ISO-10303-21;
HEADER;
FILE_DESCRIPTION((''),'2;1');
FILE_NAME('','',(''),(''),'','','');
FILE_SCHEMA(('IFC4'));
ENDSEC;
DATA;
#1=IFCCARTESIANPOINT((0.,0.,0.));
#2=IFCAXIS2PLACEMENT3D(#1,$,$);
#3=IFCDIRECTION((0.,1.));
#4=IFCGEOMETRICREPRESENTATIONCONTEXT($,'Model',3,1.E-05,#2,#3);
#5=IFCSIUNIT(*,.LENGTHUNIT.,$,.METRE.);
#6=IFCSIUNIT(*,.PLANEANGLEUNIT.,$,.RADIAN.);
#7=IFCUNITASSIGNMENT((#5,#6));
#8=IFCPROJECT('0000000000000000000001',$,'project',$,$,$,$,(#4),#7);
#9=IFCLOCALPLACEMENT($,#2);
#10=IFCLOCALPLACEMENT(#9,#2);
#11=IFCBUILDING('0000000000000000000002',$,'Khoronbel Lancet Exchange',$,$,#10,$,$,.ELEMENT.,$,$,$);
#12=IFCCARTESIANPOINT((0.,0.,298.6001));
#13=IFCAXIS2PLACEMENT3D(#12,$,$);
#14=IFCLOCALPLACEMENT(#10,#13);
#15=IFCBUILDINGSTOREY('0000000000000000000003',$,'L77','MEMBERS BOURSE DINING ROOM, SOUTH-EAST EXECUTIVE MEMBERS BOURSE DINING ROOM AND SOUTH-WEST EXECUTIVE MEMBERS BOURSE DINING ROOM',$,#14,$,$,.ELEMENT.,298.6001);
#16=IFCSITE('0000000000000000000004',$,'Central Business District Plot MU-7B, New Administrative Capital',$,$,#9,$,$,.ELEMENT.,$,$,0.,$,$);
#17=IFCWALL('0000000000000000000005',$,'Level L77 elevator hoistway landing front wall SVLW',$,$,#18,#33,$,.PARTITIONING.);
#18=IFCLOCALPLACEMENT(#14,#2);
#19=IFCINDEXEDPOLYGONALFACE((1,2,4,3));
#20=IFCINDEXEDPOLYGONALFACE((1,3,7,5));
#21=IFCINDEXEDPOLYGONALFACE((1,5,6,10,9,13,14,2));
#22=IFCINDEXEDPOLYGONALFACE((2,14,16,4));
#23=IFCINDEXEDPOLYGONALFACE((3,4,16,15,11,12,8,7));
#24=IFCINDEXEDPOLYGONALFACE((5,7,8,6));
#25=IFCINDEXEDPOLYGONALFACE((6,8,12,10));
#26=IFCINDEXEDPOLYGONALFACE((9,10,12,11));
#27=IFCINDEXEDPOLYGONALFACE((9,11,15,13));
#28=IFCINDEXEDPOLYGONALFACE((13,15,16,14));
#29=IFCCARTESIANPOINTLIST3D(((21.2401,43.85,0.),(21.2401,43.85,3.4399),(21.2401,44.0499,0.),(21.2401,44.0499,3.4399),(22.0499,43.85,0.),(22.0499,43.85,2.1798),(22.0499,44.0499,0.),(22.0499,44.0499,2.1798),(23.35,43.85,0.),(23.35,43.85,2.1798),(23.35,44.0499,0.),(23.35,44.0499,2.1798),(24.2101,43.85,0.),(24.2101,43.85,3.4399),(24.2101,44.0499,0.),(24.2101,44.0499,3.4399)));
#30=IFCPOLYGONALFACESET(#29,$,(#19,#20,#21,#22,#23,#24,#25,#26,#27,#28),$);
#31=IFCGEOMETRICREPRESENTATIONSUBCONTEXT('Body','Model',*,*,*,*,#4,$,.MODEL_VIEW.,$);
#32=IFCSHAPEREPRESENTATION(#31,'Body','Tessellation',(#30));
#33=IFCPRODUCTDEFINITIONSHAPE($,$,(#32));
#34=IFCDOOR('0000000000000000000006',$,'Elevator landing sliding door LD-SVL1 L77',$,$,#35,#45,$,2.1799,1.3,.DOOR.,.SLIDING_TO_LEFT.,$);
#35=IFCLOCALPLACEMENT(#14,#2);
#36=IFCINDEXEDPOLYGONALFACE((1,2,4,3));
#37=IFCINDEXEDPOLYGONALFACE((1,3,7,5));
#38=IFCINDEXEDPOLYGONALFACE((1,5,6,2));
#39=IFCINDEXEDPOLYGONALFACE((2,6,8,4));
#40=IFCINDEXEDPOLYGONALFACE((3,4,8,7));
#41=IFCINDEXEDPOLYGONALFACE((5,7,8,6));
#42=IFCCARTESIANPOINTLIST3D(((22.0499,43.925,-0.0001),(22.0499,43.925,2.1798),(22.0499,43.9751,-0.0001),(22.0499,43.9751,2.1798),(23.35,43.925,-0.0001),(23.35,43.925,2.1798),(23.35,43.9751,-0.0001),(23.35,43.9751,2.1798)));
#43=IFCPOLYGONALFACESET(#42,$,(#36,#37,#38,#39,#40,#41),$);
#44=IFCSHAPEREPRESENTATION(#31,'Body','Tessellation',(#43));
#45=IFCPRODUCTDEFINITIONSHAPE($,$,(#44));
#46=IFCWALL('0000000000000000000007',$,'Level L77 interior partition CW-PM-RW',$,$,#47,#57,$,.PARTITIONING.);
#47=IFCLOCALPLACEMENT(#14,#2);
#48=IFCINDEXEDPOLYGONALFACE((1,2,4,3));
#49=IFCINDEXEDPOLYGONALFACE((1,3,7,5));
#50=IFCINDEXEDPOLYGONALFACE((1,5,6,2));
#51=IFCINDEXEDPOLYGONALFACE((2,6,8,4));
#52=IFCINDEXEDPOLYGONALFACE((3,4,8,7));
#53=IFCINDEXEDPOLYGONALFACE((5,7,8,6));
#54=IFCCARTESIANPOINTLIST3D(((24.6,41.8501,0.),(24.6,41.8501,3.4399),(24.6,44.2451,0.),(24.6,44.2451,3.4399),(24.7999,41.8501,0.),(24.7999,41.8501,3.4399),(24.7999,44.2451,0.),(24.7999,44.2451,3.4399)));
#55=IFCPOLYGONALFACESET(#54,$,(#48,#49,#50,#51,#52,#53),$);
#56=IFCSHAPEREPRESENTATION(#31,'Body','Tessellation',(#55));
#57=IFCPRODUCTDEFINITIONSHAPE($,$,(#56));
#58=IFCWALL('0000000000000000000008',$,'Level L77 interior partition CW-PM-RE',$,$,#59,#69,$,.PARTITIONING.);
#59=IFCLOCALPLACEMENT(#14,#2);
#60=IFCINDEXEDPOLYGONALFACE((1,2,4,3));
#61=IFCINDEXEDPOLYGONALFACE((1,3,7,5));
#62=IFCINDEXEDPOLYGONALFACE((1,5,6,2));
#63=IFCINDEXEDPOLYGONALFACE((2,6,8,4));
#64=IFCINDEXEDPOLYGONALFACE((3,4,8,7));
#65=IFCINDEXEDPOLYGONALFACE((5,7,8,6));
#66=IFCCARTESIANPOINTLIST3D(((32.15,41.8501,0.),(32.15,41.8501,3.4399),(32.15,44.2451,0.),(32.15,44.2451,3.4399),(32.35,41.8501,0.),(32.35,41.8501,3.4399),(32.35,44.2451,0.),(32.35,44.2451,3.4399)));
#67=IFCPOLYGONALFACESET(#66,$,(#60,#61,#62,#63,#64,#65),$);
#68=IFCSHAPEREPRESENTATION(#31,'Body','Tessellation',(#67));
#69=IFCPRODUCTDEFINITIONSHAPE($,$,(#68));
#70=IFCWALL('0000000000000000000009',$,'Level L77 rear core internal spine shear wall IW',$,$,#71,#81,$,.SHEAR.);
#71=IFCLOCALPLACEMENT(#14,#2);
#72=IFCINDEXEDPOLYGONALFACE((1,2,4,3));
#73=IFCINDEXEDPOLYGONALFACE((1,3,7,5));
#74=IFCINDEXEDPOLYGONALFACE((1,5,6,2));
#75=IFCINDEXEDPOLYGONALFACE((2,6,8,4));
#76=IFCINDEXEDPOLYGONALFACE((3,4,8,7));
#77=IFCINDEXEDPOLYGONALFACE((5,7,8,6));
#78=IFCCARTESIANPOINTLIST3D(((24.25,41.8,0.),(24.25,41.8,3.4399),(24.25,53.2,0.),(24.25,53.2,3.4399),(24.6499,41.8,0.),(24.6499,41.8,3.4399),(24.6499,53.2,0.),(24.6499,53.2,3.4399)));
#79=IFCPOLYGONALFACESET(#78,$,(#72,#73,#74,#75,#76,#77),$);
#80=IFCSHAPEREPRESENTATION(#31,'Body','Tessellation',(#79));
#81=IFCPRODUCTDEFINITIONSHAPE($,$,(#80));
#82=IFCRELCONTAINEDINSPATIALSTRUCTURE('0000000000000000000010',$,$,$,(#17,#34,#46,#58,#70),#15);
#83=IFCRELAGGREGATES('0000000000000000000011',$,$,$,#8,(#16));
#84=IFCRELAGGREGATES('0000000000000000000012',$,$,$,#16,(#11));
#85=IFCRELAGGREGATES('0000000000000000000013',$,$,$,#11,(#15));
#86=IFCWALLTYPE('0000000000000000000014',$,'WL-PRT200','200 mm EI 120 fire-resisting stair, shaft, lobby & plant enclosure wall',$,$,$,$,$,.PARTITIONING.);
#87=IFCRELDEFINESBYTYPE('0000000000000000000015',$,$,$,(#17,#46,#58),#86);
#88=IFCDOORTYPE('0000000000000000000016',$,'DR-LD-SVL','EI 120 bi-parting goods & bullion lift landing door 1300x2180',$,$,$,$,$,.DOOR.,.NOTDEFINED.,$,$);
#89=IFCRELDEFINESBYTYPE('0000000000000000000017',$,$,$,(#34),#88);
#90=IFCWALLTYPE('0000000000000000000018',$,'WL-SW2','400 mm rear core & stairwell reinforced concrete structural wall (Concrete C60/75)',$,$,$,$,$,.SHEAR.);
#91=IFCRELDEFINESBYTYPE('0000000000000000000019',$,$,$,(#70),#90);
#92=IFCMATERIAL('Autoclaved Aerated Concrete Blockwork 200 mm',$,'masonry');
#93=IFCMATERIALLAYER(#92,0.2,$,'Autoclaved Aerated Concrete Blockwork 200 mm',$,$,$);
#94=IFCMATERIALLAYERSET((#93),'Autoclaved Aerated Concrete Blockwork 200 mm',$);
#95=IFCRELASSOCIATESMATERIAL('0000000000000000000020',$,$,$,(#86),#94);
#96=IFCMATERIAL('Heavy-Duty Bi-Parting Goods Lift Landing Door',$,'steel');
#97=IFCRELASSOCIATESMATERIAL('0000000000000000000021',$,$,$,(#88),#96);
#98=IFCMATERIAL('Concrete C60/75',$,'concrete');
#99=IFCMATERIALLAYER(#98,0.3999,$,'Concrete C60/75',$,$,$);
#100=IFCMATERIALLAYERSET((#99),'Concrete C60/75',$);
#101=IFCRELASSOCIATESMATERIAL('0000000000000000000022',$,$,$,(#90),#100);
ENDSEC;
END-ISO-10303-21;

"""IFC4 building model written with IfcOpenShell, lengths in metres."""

from ifc_helpers import new_model, si_unit, direction, frame, frame_2d, origin, place, context, subcontext, project, spatial, rectangle, extrude, material, layer, layer_set, type_object, element, fill, save


model = new_model("IFC4")

# Units and contexts
model_context = context("Model", 3, precision=1e-05, world=origin(), true_north=direction((0.0, 1.0)))
body_context = subcontext(model_context, "Body", "Model", "MODEL_VIEW")
ifc_project = project(units=[si_unit("LENGTHUNIT", "METRE"), si_unit("PLANEANGLEUNIT", "RADIAN")], contexts=[model_context])

# Site, building, storey
site_placement = place(None, origin())
site = spatial("IfcSite", under=ifc_project, at=site_placement, Name="Central Business District Plot MU-7B, New Administrative Capital", CompositionType="ELEMENT", RefElevation=0.0)
building_placement = place(site_placement, origin())
building = spatial("IfcBuilding", under=site, at=building_placement, Name="Khoronbel Lancet Exchange", CompositionType="ELEMENT")
storey_placement = place(building_placement, frame((0.0, 0.0, 298.6001)))
storey = spatial("IfcBuildingStorey", under=building, at=storey_placement, Name="L77", Description="MEMBERS BOURSE DINING ROOM, SOUTH-EAST EXECUTIVE MEMBERS BOURSE DINING ROOM AND SOUTH-WEST EXECUTIVE MEMBERS BOURSE DINING ROOM", CompositionType="ELEMENT", Elevation=298.6001)

# Shared definitions
ifc_material_1 = material(Name="Concrete C60/75", Category="concrete")

# Wall, opening, door
ifc_material_2 = material(Name="Autoclaved Aerated Concrete Blockwork 200 mm", Category="masonry")
ifc_layer_1 = layer(ifc_material_2, 0.2, Name="Autoclaved Aerated Concrete Blockwork 200 mm")
ifc_layer_set_1 = layer_set([ifc_layer_1], Name="Autoclaved Aerated Concrete Blockwork 200 mm")
wall_type_1 = type_object("IfcWallType", Name="WL-PRT200", Description="200 mm EI 120 fire-resisting stair, shaft, lobby & plant enclosure wall", PredefinedType="PARTITIONING", material=ifc_layer_set_1)
wall_1_placement = place(storey_placement, frame((24.21, 43.95, 0.0), z_axis=(0.0, 0.0, 1.0), x_axis=(-1.0, 0.0, 0.0)))
wall_1 = element("IfcWall", 1, at=wall_1_placement, inside=storey, type_object=wall_type_1, Name="Level L77 elevator hoistway landing front wall SVLW", PredefinedType="PARTITIONING", context=body_context, shape_type="SweptSolid", body=[
    extrude(rectangle(XDim=2.97, YDim=0.2, at=frame_2d((1.4849, 0.0))), origin(), (0.0, 0.0, 1.0), 3.4399),
])
opening_1_placement = place(wall_1_placement, frame((0.8601, 0.0, 0.0)))
opening_1 = element("IfcOpeningElement", 2, at=opening_1_placement, cuts=wall_1, PredefinedType="OPENING", context=body_context, shape_type="SweptSolid", body=[
    extrude(rectangle(XDim=1.3, YDim=2.1799, at=frame_2d((0.6499, 1.0898))), frame((0.0, 0.1099, 0.0), z_axis=(0.0, -1.0, 0.0), x_axis=(1.0, 0.0, 0.0)), (0.0, 0.0, 1.0), 0.22),
])
ifc_material_3 = material(Name="Heavy-Duty Bi-Parting Goods Lift Landing Door", Category="steel")
door_type_1 = type_object("IfcDoorType", Name="DR-LD-SVL", Description="EI 120 bi-parting goods & bullion lift landing door 1300x2180", OperationType="NOTDEFINED", PredefinedType="DOOR", material=ifc_material_3)
door_1_placement = place(opening_1_placement, origin())
door_1 = element("IfcDoor", 3, at=door_1_placement, inside=storey, type_object=door_type_1, Name="Elevator landing sliding door LD-SVL1 L77", OperationType="SLIDING_TO_LEFT", OverallHeight=2.1799, OverallWidth=1.3, PredefinedType="DOOR", context=body_context, shape_type="SweptSolid", body=[
    extrude(rectangle(XDim=1.3, YDim=2.1799, at=frame_2d((0.6499, 1.0898))), frame((0.0, 0.0249, 0.0), z_axis=(0.0, -1.0, 0.0), x_axis=(1.0, 0.0, 0.0)), (0.0, 0.0, 1.0), 0.05),
])
fill(opening_1, door_1)

# Walls
for number, where, z_axis, x_axis, name in (
    (4, (24.7, 41.8501, 0.0), (0.0, 0.0, 1.0), (0.0, 1.0, 0.0), "Level L77 interior partition CW-PM-RW"),
    (5, (32.25, 41.8501, 0.0), (0.0, 0.0, 1.0), (0.0, 1.0, 0.0), "Level L77 interior partition CW-PM-RE"),
):
    element("IfcWall", number, at=place(storey_placement, frame(where, z_axis=z_axis, x_axis=x_axis)), inside=storey, type_object=wall_type_1, Name=name, PredefinedType="PARTITIONING", context=body_context, shape_type="SweptSolid", body=[
        extrude(rectangle(XDim=2.395, YDim=0.2, at=frame_2d((1.1975, 0.0))), origin(), (0.0, 0.0, 1.0), 3.4399),
    ])
ifc_layer_2 = layer(ifc_material_1, 0.3999, Name="Concrete C60/75")
ifc_layer_set_2 = layer_set([ifc_layer_2], Name="Concrete C60/75")
wall_type_2 = type_object("IfcWallType", Name="WL-SW2", Description="400 mm rear core & stairwell reinforced concrete structural wall (Concrete C60/75)", PredefinedType="SHEAR", material=ifc_layer_set_2)
wall_2_placement = place(storey_placement, frame((24.45, 41.8, 0.0), z_axis=(0.0, 0.0, 1.0), x_axis=(0.0, 1.0, 0.0)))
element("IfcWall", 6, at=wall_2_placement, inside=storey, type_object=wall_type_2, Name="Level L77 rear core internal spine shear wall IW", PredefinedType="SHEAR", context=body_context, shape_type="SweptSolid", body=[
    extrude(rectangle(XDim=11.3999, YDim=0.3999, at=frame_2d((5.7, 0.0))), origin(), (0.0, 0.0, 1.0), 3.4399),
])

save(model, "model.ifc")
